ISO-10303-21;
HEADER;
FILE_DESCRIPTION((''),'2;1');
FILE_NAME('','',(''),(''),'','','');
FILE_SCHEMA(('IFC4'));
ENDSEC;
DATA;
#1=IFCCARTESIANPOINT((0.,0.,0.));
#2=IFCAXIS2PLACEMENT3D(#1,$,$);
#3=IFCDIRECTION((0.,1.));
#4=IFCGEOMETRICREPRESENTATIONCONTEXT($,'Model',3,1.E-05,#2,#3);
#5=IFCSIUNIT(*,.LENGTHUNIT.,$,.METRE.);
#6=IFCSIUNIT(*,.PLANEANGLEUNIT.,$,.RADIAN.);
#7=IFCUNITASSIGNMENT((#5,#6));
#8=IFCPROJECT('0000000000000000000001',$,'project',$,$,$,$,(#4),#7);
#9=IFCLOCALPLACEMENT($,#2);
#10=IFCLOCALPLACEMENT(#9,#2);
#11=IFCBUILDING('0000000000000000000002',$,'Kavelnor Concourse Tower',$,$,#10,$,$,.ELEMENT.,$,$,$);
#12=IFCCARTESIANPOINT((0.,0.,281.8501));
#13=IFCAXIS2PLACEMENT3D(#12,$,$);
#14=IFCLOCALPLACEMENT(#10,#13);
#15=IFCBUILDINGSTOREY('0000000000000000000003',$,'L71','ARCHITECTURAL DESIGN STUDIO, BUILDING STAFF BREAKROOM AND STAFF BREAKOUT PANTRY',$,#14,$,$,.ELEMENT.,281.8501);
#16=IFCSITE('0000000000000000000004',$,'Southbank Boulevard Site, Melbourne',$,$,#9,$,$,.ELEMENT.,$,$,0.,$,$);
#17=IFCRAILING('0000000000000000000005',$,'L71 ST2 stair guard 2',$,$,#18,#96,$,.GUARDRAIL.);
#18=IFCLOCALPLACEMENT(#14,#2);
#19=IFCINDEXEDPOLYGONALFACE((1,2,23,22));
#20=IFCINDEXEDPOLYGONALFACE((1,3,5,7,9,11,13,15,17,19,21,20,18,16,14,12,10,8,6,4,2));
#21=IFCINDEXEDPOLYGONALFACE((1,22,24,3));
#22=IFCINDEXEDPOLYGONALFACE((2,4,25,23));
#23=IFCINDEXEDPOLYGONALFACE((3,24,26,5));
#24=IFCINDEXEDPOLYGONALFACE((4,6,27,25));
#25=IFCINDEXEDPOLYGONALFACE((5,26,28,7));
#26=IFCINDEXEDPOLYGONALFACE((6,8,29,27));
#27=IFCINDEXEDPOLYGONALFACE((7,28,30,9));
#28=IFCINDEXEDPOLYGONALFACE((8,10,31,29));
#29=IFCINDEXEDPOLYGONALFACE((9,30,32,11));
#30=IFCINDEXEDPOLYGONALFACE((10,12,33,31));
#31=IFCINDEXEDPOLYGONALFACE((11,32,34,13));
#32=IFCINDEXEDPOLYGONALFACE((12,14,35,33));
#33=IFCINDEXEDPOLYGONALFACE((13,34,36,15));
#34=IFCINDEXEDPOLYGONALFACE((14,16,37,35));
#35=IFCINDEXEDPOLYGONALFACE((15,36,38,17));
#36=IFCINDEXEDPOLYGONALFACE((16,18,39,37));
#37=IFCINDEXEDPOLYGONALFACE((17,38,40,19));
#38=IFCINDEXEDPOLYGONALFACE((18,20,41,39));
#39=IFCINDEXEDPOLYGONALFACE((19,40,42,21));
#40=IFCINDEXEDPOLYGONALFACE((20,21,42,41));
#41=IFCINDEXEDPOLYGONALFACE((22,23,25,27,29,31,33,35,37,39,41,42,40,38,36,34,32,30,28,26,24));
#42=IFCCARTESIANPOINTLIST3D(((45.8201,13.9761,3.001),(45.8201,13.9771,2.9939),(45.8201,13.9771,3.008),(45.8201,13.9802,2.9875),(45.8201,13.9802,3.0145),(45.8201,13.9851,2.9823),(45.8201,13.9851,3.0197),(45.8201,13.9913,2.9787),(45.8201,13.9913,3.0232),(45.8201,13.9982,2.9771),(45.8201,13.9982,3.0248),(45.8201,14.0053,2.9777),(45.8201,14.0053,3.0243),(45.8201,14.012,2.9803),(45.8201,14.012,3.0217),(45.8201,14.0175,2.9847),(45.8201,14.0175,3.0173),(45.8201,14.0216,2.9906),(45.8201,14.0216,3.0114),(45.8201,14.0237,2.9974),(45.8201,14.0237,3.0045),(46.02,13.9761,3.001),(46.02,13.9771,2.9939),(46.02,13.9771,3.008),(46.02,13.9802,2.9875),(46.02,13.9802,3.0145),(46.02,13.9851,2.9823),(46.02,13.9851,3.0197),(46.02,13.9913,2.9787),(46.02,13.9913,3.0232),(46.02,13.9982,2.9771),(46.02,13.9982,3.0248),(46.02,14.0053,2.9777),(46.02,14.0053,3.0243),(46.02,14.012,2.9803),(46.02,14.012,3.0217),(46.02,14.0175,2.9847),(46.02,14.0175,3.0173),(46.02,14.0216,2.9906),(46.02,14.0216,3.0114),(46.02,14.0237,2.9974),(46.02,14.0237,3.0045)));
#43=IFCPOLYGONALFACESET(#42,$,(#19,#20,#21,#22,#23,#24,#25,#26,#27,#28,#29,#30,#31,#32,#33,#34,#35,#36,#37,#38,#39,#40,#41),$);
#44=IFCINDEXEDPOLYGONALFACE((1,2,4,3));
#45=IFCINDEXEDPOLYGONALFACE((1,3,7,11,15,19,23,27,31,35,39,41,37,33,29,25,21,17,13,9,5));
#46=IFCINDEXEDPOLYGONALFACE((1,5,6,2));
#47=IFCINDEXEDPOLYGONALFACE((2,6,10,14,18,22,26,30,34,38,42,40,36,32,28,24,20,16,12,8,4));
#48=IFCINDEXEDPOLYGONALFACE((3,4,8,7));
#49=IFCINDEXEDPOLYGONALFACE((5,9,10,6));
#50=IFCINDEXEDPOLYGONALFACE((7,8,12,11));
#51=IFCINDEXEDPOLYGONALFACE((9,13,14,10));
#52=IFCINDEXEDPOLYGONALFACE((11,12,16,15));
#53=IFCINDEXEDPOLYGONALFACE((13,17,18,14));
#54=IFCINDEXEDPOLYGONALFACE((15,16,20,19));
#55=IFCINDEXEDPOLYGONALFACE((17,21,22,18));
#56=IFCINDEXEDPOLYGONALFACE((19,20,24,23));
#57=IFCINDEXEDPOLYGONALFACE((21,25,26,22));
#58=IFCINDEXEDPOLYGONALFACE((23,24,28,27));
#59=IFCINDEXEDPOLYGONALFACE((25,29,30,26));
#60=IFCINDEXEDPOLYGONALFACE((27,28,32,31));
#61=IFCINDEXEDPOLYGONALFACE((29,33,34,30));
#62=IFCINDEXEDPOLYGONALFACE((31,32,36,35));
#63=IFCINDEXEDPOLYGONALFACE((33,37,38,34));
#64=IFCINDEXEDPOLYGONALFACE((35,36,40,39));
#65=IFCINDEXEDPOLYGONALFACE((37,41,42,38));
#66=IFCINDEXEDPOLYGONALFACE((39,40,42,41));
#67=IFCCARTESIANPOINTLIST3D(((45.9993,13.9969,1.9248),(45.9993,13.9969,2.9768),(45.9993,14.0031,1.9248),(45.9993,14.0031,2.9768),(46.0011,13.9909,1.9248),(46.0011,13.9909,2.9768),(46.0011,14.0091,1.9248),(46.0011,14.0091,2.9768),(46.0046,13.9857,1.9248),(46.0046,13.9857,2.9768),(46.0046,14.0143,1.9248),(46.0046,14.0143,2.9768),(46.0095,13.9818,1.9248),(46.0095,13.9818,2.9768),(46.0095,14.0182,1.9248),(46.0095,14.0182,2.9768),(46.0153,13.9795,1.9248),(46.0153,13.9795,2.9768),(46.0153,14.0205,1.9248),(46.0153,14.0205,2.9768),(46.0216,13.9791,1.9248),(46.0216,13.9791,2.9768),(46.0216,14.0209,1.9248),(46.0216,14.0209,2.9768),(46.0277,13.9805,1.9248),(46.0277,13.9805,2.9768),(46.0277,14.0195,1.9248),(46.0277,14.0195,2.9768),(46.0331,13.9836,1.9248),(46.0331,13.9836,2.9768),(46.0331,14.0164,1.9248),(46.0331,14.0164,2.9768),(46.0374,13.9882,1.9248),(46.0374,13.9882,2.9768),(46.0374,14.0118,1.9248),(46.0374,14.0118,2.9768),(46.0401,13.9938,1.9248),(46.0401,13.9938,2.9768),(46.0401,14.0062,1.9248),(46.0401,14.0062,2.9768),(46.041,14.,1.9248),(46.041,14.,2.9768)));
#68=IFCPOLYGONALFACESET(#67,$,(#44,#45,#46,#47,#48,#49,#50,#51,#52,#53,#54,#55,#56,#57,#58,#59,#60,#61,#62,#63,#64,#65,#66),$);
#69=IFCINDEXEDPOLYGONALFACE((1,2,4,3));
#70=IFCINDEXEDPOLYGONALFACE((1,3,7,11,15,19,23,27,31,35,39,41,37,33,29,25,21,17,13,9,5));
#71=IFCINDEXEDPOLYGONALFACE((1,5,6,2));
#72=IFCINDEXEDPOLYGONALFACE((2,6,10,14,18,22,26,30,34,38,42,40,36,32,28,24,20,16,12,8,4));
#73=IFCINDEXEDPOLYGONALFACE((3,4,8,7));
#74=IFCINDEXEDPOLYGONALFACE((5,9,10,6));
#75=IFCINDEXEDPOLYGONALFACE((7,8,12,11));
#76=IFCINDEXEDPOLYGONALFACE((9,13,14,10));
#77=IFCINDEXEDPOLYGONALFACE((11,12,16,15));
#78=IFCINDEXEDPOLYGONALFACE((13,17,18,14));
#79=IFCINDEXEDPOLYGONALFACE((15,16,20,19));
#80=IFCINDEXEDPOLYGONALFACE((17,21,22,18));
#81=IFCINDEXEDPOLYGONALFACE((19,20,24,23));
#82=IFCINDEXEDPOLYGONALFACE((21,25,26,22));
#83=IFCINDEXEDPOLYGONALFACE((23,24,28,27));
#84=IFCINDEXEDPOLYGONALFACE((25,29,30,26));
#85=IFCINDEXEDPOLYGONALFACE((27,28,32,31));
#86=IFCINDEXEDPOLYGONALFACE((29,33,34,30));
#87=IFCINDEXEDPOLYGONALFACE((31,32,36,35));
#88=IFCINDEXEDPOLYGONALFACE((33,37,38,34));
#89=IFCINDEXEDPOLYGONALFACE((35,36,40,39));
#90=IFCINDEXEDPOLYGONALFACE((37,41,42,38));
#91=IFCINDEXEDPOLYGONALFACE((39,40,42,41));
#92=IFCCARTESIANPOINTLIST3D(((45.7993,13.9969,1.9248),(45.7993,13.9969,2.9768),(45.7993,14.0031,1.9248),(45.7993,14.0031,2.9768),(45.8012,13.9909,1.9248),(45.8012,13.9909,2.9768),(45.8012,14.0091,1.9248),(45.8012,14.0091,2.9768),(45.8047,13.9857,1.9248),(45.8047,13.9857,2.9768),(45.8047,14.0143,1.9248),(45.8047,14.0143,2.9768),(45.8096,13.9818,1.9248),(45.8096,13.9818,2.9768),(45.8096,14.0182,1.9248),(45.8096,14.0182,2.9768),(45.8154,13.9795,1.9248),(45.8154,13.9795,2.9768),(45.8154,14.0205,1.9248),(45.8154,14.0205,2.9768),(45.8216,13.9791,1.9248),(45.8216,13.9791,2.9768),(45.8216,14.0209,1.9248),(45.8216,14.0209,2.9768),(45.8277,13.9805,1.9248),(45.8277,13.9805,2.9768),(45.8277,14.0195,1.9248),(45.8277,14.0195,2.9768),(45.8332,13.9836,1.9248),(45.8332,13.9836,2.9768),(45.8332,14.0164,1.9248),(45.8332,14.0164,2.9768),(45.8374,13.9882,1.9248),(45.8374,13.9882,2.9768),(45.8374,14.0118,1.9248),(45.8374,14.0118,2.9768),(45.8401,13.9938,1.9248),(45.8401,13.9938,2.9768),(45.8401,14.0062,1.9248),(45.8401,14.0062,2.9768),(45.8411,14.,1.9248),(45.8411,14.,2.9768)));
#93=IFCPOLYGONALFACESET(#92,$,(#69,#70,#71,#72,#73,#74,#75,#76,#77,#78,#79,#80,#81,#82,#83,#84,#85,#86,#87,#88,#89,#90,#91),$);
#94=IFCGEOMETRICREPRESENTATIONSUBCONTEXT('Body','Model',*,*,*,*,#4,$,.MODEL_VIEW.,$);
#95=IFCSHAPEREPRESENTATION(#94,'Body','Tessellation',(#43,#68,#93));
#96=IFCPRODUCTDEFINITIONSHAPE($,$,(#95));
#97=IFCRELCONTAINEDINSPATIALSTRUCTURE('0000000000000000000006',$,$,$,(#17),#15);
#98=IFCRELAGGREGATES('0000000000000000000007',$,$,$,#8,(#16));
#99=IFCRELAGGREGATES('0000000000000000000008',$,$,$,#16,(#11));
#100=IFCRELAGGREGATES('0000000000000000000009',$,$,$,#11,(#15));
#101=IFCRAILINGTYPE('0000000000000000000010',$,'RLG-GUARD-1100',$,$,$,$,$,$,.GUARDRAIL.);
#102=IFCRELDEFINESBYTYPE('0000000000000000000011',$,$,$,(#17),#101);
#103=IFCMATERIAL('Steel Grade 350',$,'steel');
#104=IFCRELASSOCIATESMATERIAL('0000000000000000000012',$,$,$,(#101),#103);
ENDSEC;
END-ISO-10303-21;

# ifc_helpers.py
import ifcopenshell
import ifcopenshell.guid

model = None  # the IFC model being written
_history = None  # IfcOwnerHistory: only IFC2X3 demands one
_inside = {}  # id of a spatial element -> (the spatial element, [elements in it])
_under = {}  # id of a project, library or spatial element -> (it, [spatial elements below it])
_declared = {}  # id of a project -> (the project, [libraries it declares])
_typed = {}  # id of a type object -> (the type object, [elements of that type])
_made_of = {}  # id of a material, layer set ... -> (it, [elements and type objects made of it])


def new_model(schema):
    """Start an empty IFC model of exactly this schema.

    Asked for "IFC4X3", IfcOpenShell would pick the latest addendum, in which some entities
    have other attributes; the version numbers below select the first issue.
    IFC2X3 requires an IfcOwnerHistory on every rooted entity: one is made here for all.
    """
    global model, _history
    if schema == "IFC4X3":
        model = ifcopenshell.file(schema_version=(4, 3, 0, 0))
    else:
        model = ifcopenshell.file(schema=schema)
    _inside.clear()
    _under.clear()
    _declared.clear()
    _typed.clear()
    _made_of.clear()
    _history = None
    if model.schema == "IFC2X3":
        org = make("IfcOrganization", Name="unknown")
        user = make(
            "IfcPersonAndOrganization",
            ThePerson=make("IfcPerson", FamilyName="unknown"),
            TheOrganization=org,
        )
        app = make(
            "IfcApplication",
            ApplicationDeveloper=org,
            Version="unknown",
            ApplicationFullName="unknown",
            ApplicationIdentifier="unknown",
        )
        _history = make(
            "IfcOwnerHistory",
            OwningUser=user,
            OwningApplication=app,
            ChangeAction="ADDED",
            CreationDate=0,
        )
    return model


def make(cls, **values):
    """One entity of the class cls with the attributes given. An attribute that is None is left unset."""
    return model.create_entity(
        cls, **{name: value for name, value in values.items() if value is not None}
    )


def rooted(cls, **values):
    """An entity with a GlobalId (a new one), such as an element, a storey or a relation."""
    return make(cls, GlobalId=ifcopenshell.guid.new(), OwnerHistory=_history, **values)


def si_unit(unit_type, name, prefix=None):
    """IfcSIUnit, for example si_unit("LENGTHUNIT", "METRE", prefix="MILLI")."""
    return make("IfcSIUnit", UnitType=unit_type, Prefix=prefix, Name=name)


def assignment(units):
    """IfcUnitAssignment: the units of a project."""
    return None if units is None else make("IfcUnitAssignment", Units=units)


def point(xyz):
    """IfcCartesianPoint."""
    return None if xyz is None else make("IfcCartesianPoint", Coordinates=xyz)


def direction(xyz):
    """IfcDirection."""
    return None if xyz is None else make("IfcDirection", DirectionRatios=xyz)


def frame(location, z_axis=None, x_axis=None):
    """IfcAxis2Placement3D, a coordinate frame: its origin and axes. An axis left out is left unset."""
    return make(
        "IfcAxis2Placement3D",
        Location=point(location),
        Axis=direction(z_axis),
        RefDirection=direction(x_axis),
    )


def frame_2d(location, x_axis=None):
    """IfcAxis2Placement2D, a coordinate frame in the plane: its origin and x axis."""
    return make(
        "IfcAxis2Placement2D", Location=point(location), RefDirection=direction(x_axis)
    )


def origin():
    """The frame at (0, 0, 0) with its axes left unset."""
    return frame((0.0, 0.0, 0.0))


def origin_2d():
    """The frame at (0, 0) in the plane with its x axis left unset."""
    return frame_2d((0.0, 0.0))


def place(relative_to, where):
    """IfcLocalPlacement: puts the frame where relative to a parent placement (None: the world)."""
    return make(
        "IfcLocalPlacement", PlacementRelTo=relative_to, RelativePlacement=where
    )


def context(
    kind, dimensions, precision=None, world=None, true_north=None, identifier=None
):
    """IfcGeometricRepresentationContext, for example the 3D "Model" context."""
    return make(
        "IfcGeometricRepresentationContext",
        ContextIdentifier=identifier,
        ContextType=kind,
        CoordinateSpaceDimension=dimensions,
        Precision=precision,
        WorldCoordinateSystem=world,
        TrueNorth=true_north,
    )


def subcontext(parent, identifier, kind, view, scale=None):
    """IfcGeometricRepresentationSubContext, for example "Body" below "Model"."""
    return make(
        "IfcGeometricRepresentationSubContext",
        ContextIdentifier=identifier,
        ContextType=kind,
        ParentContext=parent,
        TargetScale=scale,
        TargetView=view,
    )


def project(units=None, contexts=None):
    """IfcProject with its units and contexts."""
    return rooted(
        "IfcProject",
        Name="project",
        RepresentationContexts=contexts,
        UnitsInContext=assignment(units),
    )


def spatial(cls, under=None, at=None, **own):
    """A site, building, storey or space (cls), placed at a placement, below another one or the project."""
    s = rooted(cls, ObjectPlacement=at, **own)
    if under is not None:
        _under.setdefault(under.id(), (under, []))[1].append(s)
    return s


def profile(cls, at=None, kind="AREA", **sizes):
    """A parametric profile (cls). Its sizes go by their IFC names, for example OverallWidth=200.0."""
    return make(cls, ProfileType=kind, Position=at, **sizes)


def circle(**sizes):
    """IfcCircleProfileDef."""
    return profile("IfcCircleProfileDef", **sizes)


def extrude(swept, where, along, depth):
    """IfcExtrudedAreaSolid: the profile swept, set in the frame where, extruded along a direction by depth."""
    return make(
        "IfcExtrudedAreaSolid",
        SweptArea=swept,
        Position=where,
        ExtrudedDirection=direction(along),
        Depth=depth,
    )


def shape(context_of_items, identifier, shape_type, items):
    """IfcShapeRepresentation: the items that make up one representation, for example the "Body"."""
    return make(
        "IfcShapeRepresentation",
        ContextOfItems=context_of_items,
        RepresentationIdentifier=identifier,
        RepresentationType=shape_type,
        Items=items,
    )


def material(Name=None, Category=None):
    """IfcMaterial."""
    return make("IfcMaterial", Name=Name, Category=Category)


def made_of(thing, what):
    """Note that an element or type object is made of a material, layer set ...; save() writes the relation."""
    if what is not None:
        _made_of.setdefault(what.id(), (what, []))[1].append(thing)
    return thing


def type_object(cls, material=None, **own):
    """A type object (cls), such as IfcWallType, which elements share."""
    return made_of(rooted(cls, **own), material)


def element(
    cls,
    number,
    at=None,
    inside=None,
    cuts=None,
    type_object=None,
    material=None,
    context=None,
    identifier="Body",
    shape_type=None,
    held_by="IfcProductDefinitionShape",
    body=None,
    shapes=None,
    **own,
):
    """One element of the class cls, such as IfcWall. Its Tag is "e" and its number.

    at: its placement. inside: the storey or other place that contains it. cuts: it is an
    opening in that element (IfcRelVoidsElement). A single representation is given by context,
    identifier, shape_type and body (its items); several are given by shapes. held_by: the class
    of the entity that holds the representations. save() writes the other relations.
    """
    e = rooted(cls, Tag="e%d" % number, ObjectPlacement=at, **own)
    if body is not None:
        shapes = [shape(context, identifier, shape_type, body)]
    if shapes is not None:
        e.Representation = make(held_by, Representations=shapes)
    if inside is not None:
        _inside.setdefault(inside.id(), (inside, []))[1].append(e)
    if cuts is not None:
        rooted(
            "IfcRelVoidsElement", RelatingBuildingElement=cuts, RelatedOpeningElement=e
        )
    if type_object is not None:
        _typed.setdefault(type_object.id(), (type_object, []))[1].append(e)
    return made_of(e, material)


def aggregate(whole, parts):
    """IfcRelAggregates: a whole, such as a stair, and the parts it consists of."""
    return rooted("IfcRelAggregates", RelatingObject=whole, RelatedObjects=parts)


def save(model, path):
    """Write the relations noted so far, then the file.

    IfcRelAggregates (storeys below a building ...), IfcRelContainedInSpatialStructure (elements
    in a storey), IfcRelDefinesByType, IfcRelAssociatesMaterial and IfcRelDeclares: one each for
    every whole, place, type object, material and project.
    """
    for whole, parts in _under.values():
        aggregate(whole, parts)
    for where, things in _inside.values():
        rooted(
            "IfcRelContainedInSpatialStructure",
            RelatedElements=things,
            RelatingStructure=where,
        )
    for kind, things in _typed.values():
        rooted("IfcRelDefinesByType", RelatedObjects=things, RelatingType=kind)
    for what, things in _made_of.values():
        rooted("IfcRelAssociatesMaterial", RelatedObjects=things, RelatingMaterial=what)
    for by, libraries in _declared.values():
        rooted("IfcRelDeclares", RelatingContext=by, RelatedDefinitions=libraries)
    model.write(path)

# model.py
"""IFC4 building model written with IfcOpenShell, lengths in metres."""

from ifc_helpers import new_model, si_unit, direction, frame, origin, origin_2d, place, context, subcontext, project, spatial, circle, extrude, material, type_object, element, save


model = new_model("IFC4")

# Units and contexts
model_context = context("Model", 3, precision=1e-05, world=origin(), true_north=direction((0.0, 1.0)))
body_context = subcontext(model_context, "Body", "Model", "MODEL_VIEW")
ifc_project = project(units=[si_unit("LENGTHUNIT", "METRE"), si_unit("PLANEANGLEUNIT", "RADIAN")], contexts=[model_context])

# Site, building, storey
site_placement = place(None, origin())
site = spatial("IfcSite", under=ifc_project, at=site_placement, Name="Southbank Boulevard Site, Melbourne", CompositionType="ELEMENT", RefElevation=0.0)
building_placement = place(site_placement, origin())
building = spatial("IfcBuilding", under=site, at=building_placement, Name="Kavelnor Concourse Tower", CompositionType="ELEMENT")
storey_placement = place(building_placement, frame((0.0, 0.0, 281.8501)))
storey = spatial("IfcBuildingStorey", under=building, at=storey_placement, Name="L71", Description="ARCHITECTURAL DESIGN STUDIO, BUILDING STAFF BREAKROOM AND STAFF BREAKOUT PANTRY", CompositionType="ELEMENT", Elevation=281.8501)

# Shared definitions
ifc_material_1 = material(Name="Steel Grade 350", Category="steel")

# Railing
railing_type_1 = type_object("IfcRailingType", Name="RLG-GUARD-1100", PredefinedType="GUARDRAIL", material=ifc_material_1)
railing_1_placement = place(storey_placement, frame((46.02, 14.0, 1.9248)))
element("IfcRailing", 1, at=railing_1_placement, inside=storey, type_object=railing_type_1, Name="L71 ST2 stair guard 2", PredefinedType="GUARDRAIL", context=body_context, shape_type="SweptSolid", body=[
    extrude(circle(Radius=0.0239, at=origin_2d()), frame((0.0, 0.0, 1.0762), z_axis=(-1.0, 0.0, 0.0), x_axis=(0.0, -1.0, 0.0)), (0.0, 0.0, 1.0), 0.2),
    extrude(circle(Radius=0.021, at=origin_2d()), origin(), (0.0, 0.0, 1.0), 1.052),
    extrude(circle(Radius=0.021, at=origin_2d()), frame((-0.2, 0.0, 0.0)), (0.0, 0.0, 1.0), 1.052),
])

save(model, "model.ifc")
